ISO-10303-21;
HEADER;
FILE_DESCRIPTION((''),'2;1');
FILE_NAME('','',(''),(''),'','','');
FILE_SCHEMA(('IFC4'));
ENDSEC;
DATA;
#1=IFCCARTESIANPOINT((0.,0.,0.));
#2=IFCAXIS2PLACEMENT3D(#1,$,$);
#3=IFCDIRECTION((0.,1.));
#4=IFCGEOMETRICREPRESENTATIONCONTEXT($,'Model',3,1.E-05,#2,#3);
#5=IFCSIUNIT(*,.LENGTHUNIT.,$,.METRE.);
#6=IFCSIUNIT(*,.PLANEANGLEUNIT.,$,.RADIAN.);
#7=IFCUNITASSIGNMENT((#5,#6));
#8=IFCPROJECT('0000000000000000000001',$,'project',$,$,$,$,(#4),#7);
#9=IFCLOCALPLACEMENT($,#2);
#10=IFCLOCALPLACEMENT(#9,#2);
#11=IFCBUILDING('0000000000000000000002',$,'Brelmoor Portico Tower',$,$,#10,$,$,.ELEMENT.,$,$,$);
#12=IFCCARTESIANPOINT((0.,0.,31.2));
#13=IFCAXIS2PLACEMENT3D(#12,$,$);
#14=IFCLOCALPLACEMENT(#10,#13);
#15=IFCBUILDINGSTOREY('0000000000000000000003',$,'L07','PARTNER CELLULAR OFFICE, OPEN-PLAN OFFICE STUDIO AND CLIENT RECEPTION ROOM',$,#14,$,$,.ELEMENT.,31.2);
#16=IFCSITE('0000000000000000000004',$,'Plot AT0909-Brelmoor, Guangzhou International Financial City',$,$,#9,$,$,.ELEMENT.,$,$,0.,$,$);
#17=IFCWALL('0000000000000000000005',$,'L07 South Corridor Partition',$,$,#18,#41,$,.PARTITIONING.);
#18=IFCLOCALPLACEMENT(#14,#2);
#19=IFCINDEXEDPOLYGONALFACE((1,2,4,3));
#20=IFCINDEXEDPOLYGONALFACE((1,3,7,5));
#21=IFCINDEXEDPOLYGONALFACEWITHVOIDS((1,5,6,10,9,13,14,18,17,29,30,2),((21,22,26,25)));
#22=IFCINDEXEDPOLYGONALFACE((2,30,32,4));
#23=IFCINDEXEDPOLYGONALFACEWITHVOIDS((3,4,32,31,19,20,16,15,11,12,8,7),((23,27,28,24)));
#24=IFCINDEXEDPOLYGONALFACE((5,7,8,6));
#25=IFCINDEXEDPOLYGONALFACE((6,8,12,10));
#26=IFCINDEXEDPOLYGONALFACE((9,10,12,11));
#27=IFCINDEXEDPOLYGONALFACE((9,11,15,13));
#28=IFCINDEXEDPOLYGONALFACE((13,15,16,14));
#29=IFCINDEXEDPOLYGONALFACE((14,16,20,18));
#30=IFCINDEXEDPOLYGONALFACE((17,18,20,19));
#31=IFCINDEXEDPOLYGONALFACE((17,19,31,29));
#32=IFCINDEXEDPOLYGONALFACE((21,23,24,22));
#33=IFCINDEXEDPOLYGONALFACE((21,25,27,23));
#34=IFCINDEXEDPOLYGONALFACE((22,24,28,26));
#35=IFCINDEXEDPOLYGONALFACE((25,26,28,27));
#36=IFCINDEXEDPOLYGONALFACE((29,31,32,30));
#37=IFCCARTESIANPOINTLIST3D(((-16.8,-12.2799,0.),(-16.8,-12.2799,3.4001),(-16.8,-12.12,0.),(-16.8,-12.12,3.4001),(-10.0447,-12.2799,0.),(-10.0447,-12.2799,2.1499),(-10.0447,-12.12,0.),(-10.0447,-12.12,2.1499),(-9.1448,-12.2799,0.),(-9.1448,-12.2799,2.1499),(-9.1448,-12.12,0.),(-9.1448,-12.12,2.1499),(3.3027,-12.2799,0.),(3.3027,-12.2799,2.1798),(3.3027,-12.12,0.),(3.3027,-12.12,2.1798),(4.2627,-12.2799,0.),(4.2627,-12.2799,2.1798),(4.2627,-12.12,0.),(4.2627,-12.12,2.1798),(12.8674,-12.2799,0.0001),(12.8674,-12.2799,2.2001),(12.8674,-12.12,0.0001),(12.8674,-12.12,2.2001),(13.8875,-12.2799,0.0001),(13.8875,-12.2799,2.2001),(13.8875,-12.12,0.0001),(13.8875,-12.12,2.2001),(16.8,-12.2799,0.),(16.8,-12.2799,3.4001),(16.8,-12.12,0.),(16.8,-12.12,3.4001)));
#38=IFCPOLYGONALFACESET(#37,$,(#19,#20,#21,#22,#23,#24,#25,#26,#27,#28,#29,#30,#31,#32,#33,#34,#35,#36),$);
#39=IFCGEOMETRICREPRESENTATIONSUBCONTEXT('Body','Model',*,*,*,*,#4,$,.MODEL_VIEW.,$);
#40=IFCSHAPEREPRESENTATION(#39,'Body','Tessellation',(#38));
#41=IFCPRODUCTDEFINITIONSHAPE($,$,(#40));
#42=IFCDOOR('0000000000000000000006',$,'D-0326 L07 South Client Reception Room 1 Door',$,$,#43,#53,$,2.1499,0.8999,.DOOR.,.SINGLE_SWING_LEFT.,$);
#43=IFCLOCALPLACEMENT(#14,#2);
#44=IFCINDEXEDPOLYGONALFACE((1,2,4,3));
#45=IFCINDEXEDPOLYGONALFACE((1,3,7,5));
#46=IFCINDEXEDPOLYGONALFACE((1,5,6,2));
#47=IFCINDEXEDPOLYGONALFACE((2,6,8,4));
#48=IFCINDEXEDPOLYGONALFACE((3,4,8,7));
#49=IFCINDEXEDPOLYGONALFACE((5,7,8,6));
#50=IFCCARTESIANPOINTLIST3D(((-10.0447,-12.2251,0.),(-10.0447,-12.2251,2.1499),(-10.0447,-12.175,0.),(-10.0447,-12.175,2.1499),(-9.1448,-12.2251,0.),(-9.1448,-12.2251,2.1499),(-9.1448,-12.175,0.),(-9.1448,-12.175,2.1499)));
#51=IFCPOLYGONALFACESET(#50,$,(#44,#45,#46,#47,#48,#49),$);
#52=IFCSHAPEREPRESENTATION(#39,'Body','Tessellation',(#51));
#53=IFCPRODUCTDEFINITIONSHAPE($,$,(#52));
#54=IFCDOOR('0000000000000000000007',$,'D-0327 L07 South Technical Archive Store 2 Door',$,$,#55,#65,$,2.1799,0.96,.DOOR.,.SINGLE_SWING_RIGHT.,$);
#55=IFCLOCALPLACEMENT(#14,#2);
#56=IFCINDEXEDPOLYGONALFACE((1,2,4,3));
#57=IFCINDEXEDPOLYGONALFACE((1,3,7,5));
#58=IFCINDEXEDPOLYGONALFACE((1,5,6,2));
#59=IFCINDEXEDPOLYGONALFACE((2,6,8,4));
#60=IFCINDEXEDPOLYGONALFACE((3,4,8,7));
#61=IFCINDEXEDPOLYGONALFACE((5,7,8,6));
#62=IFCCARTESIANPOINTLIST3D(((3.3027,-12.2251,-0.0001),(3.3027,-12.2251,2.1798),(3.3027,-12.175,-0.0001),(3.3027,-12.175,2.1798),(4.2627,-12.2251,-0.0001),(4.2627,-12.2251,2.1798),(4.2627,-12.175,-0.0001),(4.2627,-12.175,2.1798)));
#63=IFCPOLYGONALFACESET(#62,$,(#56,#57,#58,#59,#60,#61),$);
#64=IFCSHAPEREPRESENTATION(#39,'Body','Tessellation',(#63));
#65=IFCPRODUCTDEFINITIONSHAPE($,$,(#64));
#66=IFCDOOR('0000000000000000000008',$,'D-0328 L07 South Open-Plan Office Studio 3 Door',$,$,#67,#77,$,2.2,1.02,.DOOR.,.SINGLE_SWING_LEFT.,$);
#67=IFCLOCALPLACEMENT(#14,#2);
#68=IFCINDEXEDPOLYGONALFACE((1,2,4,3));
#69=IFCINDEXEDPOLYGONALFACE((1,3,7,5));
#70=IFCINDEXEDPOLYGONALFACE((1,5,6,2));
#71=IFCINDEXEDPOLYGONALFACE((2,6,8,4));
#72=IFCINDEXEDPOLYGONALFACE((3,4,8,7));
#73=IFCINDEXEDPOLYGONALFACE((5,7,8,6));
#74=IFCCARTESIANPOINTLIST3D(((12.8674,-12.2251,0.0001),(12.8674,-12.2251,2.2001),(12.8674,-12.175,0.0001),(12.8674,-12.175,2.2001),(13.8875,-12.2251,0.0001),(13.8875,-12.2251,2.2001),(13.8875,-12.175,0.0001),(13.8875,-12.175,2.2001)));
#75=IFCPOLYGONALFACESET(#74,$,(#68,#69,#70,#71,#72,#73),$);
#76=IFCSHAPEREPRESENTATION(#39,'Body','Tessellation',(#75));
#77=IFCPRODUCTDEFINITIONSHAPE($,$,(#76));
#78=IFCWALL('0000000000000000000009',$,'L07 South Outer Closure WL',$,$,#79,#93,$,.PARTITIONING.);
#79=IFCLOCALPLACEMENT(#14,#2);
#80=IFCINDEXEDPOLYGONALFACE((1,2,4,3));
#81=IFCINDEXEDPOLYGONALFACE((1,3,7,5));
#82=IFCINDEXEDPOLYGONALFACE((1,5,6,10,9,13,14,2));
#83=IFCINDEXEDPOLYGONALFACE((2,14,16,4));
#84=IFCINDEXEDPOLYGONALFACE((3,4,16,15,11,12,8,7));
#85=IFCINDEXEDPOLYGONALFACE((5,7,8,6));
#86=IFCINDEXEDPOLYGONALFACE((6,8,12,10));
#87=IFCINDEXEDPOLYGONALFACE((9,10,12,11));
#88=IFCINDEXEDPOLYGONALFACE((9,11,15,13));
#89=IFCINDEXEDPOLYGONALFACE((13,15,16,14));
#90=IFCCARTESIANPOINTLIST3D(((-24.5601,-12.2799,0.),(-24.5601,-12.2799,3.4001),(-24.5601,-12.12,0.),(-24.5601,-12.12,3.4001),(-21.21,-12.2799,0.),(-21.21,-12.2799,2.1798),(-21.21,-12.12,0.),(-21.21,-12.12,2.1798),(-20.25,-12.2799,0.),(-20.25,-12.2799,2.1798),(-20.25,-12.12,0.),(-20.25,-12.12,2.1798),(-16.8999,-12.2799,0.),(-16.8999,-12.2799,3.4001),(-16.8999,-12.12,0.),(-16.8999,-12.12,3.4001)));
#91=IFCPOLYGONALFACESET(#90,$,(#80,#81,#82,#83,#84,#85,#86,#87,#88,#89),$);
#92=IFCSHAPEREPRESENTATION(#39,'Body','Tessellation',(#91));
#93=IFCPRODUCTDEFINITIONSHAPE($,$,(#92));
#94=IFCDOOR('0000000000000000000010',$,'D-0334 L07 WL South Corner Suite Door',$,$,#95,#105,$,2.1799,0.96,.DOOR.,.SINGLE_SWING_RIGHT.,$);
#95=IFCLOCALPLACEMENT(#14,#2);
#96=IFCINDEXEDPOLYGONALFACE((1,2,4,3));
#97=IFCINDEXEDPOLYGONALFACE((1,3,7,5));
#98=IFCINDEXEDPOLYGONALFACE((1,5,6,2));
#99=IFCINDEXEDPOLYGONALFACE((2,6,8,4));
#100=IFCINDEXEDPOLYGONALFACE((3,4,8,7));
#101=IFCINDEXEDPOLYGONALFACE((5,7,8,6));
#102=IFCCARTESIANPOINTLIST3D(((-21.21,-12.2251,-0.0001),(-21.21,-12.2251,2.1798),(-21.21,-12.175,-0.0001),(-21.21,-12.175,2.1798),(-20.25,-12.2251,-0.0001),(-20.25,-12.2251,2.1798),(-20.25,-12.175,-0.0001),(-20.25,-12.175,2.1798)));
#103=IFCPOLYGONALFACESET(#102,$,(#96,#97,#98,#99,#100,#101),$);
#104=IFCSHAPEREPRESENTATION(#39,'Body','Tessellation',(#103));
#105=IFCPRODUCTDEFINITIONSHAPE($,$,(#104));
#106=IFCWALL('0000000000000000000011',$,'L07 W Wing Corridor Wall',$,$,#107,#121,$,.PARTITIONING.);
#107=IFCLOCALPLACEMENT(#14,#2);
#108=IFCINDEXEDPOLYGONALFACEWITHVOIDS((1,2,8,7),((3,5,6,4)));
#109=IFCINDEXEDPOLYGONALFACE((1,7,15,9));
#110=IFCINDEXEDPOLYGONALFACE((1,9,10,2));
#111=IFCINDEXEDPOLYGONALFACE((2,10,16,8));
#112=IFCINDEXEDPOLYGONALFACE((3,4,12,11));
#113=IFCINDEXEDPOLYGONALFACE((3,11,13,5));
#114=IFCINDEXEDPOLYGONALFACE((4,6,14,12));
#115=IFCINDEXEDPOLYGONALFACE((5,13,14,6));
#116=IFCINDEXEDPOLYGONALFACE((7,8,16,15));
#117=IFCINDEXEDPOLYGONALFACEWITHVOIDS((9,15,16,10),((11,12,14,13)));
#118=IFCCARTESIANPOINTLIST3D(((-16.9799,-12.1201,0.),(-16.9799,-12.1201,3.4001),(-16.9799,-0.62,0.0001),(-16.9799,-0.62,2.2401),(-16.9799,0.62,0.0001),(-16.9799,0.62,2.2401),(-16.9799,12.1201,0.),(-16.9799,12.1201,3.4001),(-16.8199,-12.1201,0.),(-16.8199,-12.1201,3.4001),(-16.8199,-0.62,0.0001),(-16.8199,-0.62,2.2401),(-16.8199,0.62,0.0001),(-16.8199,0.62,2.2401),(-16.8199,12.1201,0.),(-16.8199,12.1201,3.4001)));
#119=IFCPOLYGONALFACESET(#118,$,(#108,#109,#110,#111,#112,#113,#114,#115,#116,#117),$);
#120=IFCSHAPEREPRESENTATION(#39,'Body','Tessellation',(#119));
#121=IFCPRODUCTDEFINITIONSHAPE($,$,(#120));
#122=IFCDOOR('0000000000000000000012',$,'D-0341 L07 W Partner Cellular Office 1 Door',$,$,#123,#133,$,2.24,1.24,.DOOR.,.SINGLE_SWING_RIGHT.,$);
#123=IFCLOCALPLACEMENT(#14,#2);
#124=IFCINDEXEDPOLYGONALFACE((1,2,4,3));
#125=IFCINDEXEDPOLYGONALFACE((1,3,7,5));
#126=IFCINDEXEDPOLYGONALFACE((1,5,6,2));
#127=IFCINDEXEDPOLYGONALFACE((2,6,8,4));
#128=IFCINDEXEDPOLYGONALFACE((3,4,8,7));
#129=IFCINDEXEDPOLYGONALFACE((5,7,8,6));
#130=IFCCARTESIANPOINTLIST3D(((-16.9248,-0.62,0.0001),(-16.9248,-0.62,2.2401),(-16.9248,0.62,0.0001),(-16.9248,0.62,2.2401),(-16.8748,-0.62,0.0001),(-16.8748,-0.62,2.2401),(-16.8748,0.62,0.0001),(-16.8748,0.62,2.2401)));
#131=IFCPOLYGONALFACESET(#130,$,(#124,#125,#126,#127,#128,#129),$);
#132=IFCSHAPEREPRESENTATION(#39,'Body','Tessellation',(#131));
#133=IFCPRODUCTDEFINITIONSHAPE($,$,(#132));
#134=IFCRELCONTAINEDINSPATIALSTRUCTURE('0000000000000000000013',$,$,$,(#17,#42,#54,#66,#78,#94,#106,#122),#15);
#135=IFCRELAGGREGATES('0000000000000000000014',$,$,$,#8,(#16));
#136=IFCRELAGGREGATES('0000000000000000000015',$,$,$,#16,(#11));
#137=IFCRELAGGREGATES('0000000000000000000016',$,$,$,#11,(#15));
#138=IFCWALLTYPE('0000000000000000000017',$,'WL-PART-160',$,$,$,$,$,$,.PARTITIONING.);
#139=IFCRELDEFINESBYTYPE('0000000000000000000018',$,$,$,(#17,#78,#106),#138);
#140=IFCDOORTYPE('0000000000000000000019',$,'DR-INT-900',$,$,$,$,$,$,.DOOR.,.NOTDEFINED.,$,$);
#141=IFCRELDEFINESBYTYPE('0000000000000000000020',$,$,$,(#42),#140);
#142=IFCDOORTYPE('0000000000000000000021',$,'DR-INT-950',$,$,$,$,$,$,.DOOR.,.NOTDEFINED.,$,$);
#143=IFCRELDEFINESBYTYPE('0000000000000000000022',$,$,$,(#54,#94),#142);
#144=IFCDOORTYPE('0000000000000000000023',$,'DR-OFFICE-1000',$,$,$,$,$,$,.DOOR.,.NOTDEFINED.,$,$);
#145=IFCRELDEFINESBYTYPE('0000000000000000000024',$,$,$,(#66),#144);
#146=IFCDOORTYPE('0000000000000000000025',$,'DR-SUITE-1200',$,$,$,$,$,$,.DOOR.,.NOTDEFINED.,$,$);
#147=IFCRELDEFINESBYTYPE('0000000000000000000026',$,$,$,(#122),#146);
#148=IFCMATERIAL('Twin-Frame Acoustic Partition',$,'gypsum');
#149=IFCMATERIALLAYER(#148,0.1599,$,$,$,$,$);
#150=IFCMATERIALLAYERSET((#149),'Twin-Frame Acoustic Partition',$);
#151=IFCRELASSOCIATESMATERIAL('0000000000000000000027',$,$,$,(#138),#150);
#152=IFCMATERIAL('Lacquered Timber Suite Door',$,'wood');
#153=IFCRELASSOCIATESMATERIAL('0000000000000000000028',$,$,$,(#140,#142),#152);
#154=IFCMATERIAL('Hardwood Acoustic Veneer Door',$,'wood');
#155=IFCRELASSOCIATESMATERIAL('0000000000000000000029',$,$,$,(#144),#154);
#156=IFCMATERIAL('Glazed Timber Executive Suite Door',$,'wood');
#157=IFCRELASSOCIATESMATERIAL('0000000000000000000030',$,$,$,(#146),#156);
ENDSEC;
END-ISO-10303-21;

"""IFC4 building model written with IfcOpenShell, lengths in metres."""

from ifc_helpers import new_model, si_unit, direction, frame, frame_2d, origin, place, context, subcontext, project, spatial, rectangle, extrude, material, layer, layer_set, type_object, element, fill, save


model = new_model("IFC4")

# Units and contexts
model_context = context("Model", 3, precision=1e-05, world=origin(), true_north=direction((0.0, 1.0)))
body_context = subcontext(model_context, "Body", "Model", "MODEL_VIEW")
ifc_project = project(units=[si_unit("LENGTHUNIT", "METRE"), si_unit("PLANEANGLEUNIT", "RADIAN")], contexts=[model_context])

# Site, building, storey
site_placement = place(None, origin())
site = spatial("IfcSite", under=ifc_project, at=site_placement, Name="Plot AT0909-Brelmoor, Guangzhou International Financial City", CompositionType="ELEMENT", RefElevation=0.0)
building_placement = place(site_placement, origin())
building = spatial("IfcBuilding", under=site, at=building_placement, Name="Brelmoor Portico Tower", CompositionType="ELEMENT")
storey_placement = place(building_placement, frame((0.0, 0.0, 31.2)))
storey = spatial("IfcBuildingStorey", under=building, at=storey_placement, Name="L07", Description="PARTNER CELLULAR OFFICE, OPEN-PLAN OFFICE STUDIO AND CLIENT RECEPTION ROOM", CompositionType="ELEMENT", Elevation=31.2)

# Wall, openings, doors
ifc_material_1 = material(Name="Twin-Frame Acoustic Partition", Category="gypsum")
ifc_layer_1 = layer(ifc_material_1, 0.1599)
ifc_layer_set_1 = layer_set([ifc_layer_1], Name="Twin-Frame Acoustic Partition")
wall_type_1 = type_object("IfcWallType", Name="WL-PART-160", PredefinedType="PARTITIONING", material=ifc_layer_set_1)
wall_1_placement = place(storey_placement, frame((-16.8, -12.2, 0.0), z_axis=(0.0, 0.0, 1.0), x_axis=(1.0, 0.0, 0.0)))
wall_1 = element("IfcWall", 1, at=wall_1_placement, inside=storey, type_object=wall_type_1, Name="L07 South Corridor Partition", PredefinedType="PARTITIONING", context=body_context, shape_type="SweptSolid", body=[
    extrude(rectangle(XDim=33.6001, YDim=0.1599, at=frame_2d((16.8, 0.0))), origin(), (0.0, 0.0, 1.0), 3.4001),
])
opening_1_placement = place(wall_1_placement, frame((6.7554, 0.0, 0.0)))
opening_1 = element("IfcOpeningElement", 2, at=opening_1_placement, cuts=wall_1, PredefinedType="OPENING", context=body_context, shape_type="SweptSolid", body=[
    extrude(rectangle(XDim=0.8999, YDim=2.1499, at=frame_2d((0.45, 1.075))), frame((0.0, 0.0898, 0.0), z_axis=(0.0, -1.0, 0.0), x_axis=(1.0, 0.0, 0.0)), (0.0, 0.0, 1.0), 0.1799),
])
opening_2_placement = place(wall_1_placement, frame((20.1028, 0.0, 0.0)))
opening_2 = element("IfcOpeningElement", 3, at=opening_2_placement, cuts=wall_1, PredefinedType="OPENING", context=body_context, shape_type="SweptSolid", body=[
    extrude(rectangle(XDim=0.96, YDim=2.1799, at=frame_2d((0.48, 1.0898))), frame((0.0, 0.0898, 0.0), z_axis=(0.0, -1.0, 0.0), x_axis=(1.0, 0.0, 0.0)), (0.0, 0.0, 1.0), 0.1799),
])
opening_3_placement = place(wall_1_placement, frame((29.6675, 0.0, 0.0)))
opening_3 = element("IfcOpeningElement", 4, at=opening_3_placement, cuts=wall_1, PredefinedType="OPENING", context=body_context, shape_type="SweptSolid", body=[
    extrude(rectangle(XDim=1.02, YDim=2.2, at=frame_2d((0.51, 1.1001))), frame((0.0, 0.0898, 0.0), z_axis=(0.0, -1.0, 0.0), x_axis=(1.0, 0.0, 0.0)), (0.0, 0.0, 1.0), 0.1799),
])
ifc_material_2 = material(Name="Lacquered Timber Suite Door", Category="wood")
door_type_1 = type_object("IfcDoorType", Name="DR-INT-900", OperationType="NOTDEFINED", PredefinedType="DOOR", material=ifc_material_2)
door_1_placement = place(opening_1_placement, origin())
door_1 = element("IfcDoor", 5, at=door_1_placement, inside=storey, type_object=door_type_1, Name="D-0326 L07 South Client Reception Room 1 Door", OperationType="SINGLE_SWING_LEFT", OverallHeight=2.1499, OverallWidth=0.8999, PredefinedType="DOOR", context=body_context, shape_type="SweptSolid", body=[
    extrude(rectangle(XDim=0.8999, YDim=2.1499, at=frame_2d((0.45, 1.075))), frame((0.0, 0.0249, 0.0), z_axis=(0.0, -1.0, 0.0), x_axis=(1.0, 0.0, 0.0)), (0.0, 0.0, 1.0), 0.05),
])
fill(opening_1, door_1)
door_type_2 = type_object("IfcDoorType", Name="DR-INT-950", OperationType="NOTDEFINED", PredefinedType="DOOR", material=ifc_material_2)
door_2_placement = place(opening_2_placement, origin())
door_2 = element("IfcDoor", 6, at=door_2_placement, inside=storey, type_object=door_type_2, Name="D-0327 L07 South Technical Archive Store 2 Door", OperationType="SINGLE_SWING_RIGHT", OverallHeight=2.1799, OverallWidth=0.96, PredefinedType="DOOR", context=body_context, shape_type="SweptSolid", body=[
    extrude(rectangle(XDim=0.96, YDim=2.1799, at=frame_2d((0.48, 1.0898))), frame((0.0, 0.0249, 0.0), z_axis=(0.0, -1.0, 0.0), x_axis=(1.0, 0.0, 0.0)), (0.0, 0.0, 1.0), 0.05),
])
fill(opening_2, door_2)
ifc_material_3 = material(Name="Hardwood Acoustic Veneer Door", Category="wood")
door_type_3 = type_object("IfcDoorType", Name="DR-OFFICE-1000", OperationType="NOTDEFINED", PredefinedType="DOOR", material=ifc_material_3)
door_3_placement = place(opening_3_placement, origin())
door_3 = element("IfcDoor", 7, at=door_3_placement, inside=storey, type_object=door_type_3, Name="D-0328 L07 South Open-Plan Office Studio 3 Door", OperationType="SINGLE_SWING_LEFT", OverallHeight=2.2, OverallWidth=1.02, PredefinedType="DOOR", context=body_context, shape_type="SweptSolid", body=[
    extrude(rectangle(XDim=1.02, YDim=2.2, at=frame_2d((0.51, 1.1001))), frame((0.0, 0.0249, 0.0), z_axis=(0.0, -1.0, 0.0), x_axis=(1.0, 0.0, 0.0)), (0.0, 0.0, 1.0), 0.05),
])
fill(opening_3, door_3)

# Walls, openings, doors
wall_2_placement = place(storey_placement, frame((-24.5601, -12.2, 0.0), z_axis=(0.0, 0.0, 1.0), x_axis=(1.0, 0.0, 0.0)))
wall_2 = element("IfcWall", 8, at=wall_2_placement, inside=storey, type_object=wall_type_1, Name="L07 South Outer Closure WL", PredefinedType="PARTITIONING", context=body_context, shape_type="SweptSolid", body=[
    extrude(rectangle(XDim=7.6602, YDim=0.1599, at=frame_2d((3.8301, 0.0))), origin(), (0.0, 0.0, 1.0), 3.4001),
])
opening_4_placement = place(wall_2_placement, frame((3.3501, 0.0, 0.0)))
opening_4 = element("IfcOpeningElement", 9, at=opening_4_placement, cuts=wall_2, PredefinedType="OPENING", context=body_context, shape_type="SweptSolid", body=[
    extrude(rectangle(XDim=0.96, YDim=2.1799, at=frame_2d((0.48, 1.0898))), frame((0.0, 0.0898, 0.0), z_axis=(0.0, -1.0, 0.0), x_axis=(1.0, 0.0, 0.0)), (0.0, 0.0, 1.0), 0.1799),
])
door_4_placement = place(opening_4_placement, origin())
door_4 = element("IfcDoor", 10, at=door_4_placement, inside=storey, type_object=door_type_2, Name="D-0334 L07 WL South Corner Suite Door", OperationType="SINGLE_SWING_RIGHT", OverallHeight=2.1799, OverallWidth=0.96, PredefinedType="DOOR", context=body_context, shape_type="SweptSolid", body=[
    extrude(rectangle(XDim=0.96, YDim=2.1799, at=frame_2d((0.48, 1.0898))), frame((0.0, 0.0249, 0.0), z_axis=(0.0, -1.0, 0.0), x_axis=(1.0, 0.0, 0.0)), (0.0, 0.0, 1.0), 0.05),
])
fill(opening_4, door_4)
wall_3_placement = place(storey_placement, frame((-16.8999, -12.1201, 0.0), z_axis=(0.0, 0.0, 1.0), x_axis=(0.0, 1.0, 0.0)))
wall_3 = element("IfcWall", 11, at=wall_3_placement, inside=storey, type_object=wall_type_1, Name="L07 W Wing Corridor Wall", PredefinedType="PARTITIONING", context=body_context, shape_type="SweptSolid", body=[
    extrude(rectangle(XDim=24.2402, YDim=0.1599, at=frame_2d((12.1201, 0.0))), origin(), (0.0, 0.0, 1.0), 3.4001),
])
opening_5_placement = place(wall_3_placement, frame((11.5, 0.0, 0.0)))
opening_5 = element("IfcOpeningElement", 12, at=opening_5_placement, cuts=wall_3, PredefinedType="OPENING", context=body_context, shape_type="SweptSolid", body=[
    extrude(rectangle(XDim=1.24, YDim=2.24, at=frame_2d((0.6201, 1.1201))), frame((0.0, 0.0898, 0.0), z_axis=(0.0, -1.0, 0.0), x_axis=(1.0, 0.0, 0.0)), (0.0, 0.0, 1.0), 0.1799),
])
ifc_material_4 = material(Name="Glazed Timber Executive Suite Door", Category="wood")
door_type_4 = type_object("IfcDoorType", Name="DR-SUITE-1200", OperationType="NOTDEFINED", PredefinedType="DOOR", material=ifc_material_4)
door_5_placement = place(opening_5_placement, origin())
door_5 = element("IfcDoor", 13, at=door_5_placement, inside=storey, type_object=door_type_4, Name="D-0341 L07 W Partner Cellular Office 1 Door", OperationType="SINGLE_SWING_RIGHT", OverallHeight=2.24, OverallWidth=1.24, PredefinedType="DOOR", context=body_context, shape_type="SweptSolid", body=[
    extrude(rectangle(XDim=1.24, YDim=2.24, at=frame_2d((0.6201, 1.1201))), frame((0.0, 0.0249, 0.0), z_axis=(0.0, -1.0, 0.0), x_axis=(1.0, 0.0, 0.0)), (0.0, 0.0, 1.0), 0.05),
])
fill(opening_5, door_5)

save(model, "model.ifc")
